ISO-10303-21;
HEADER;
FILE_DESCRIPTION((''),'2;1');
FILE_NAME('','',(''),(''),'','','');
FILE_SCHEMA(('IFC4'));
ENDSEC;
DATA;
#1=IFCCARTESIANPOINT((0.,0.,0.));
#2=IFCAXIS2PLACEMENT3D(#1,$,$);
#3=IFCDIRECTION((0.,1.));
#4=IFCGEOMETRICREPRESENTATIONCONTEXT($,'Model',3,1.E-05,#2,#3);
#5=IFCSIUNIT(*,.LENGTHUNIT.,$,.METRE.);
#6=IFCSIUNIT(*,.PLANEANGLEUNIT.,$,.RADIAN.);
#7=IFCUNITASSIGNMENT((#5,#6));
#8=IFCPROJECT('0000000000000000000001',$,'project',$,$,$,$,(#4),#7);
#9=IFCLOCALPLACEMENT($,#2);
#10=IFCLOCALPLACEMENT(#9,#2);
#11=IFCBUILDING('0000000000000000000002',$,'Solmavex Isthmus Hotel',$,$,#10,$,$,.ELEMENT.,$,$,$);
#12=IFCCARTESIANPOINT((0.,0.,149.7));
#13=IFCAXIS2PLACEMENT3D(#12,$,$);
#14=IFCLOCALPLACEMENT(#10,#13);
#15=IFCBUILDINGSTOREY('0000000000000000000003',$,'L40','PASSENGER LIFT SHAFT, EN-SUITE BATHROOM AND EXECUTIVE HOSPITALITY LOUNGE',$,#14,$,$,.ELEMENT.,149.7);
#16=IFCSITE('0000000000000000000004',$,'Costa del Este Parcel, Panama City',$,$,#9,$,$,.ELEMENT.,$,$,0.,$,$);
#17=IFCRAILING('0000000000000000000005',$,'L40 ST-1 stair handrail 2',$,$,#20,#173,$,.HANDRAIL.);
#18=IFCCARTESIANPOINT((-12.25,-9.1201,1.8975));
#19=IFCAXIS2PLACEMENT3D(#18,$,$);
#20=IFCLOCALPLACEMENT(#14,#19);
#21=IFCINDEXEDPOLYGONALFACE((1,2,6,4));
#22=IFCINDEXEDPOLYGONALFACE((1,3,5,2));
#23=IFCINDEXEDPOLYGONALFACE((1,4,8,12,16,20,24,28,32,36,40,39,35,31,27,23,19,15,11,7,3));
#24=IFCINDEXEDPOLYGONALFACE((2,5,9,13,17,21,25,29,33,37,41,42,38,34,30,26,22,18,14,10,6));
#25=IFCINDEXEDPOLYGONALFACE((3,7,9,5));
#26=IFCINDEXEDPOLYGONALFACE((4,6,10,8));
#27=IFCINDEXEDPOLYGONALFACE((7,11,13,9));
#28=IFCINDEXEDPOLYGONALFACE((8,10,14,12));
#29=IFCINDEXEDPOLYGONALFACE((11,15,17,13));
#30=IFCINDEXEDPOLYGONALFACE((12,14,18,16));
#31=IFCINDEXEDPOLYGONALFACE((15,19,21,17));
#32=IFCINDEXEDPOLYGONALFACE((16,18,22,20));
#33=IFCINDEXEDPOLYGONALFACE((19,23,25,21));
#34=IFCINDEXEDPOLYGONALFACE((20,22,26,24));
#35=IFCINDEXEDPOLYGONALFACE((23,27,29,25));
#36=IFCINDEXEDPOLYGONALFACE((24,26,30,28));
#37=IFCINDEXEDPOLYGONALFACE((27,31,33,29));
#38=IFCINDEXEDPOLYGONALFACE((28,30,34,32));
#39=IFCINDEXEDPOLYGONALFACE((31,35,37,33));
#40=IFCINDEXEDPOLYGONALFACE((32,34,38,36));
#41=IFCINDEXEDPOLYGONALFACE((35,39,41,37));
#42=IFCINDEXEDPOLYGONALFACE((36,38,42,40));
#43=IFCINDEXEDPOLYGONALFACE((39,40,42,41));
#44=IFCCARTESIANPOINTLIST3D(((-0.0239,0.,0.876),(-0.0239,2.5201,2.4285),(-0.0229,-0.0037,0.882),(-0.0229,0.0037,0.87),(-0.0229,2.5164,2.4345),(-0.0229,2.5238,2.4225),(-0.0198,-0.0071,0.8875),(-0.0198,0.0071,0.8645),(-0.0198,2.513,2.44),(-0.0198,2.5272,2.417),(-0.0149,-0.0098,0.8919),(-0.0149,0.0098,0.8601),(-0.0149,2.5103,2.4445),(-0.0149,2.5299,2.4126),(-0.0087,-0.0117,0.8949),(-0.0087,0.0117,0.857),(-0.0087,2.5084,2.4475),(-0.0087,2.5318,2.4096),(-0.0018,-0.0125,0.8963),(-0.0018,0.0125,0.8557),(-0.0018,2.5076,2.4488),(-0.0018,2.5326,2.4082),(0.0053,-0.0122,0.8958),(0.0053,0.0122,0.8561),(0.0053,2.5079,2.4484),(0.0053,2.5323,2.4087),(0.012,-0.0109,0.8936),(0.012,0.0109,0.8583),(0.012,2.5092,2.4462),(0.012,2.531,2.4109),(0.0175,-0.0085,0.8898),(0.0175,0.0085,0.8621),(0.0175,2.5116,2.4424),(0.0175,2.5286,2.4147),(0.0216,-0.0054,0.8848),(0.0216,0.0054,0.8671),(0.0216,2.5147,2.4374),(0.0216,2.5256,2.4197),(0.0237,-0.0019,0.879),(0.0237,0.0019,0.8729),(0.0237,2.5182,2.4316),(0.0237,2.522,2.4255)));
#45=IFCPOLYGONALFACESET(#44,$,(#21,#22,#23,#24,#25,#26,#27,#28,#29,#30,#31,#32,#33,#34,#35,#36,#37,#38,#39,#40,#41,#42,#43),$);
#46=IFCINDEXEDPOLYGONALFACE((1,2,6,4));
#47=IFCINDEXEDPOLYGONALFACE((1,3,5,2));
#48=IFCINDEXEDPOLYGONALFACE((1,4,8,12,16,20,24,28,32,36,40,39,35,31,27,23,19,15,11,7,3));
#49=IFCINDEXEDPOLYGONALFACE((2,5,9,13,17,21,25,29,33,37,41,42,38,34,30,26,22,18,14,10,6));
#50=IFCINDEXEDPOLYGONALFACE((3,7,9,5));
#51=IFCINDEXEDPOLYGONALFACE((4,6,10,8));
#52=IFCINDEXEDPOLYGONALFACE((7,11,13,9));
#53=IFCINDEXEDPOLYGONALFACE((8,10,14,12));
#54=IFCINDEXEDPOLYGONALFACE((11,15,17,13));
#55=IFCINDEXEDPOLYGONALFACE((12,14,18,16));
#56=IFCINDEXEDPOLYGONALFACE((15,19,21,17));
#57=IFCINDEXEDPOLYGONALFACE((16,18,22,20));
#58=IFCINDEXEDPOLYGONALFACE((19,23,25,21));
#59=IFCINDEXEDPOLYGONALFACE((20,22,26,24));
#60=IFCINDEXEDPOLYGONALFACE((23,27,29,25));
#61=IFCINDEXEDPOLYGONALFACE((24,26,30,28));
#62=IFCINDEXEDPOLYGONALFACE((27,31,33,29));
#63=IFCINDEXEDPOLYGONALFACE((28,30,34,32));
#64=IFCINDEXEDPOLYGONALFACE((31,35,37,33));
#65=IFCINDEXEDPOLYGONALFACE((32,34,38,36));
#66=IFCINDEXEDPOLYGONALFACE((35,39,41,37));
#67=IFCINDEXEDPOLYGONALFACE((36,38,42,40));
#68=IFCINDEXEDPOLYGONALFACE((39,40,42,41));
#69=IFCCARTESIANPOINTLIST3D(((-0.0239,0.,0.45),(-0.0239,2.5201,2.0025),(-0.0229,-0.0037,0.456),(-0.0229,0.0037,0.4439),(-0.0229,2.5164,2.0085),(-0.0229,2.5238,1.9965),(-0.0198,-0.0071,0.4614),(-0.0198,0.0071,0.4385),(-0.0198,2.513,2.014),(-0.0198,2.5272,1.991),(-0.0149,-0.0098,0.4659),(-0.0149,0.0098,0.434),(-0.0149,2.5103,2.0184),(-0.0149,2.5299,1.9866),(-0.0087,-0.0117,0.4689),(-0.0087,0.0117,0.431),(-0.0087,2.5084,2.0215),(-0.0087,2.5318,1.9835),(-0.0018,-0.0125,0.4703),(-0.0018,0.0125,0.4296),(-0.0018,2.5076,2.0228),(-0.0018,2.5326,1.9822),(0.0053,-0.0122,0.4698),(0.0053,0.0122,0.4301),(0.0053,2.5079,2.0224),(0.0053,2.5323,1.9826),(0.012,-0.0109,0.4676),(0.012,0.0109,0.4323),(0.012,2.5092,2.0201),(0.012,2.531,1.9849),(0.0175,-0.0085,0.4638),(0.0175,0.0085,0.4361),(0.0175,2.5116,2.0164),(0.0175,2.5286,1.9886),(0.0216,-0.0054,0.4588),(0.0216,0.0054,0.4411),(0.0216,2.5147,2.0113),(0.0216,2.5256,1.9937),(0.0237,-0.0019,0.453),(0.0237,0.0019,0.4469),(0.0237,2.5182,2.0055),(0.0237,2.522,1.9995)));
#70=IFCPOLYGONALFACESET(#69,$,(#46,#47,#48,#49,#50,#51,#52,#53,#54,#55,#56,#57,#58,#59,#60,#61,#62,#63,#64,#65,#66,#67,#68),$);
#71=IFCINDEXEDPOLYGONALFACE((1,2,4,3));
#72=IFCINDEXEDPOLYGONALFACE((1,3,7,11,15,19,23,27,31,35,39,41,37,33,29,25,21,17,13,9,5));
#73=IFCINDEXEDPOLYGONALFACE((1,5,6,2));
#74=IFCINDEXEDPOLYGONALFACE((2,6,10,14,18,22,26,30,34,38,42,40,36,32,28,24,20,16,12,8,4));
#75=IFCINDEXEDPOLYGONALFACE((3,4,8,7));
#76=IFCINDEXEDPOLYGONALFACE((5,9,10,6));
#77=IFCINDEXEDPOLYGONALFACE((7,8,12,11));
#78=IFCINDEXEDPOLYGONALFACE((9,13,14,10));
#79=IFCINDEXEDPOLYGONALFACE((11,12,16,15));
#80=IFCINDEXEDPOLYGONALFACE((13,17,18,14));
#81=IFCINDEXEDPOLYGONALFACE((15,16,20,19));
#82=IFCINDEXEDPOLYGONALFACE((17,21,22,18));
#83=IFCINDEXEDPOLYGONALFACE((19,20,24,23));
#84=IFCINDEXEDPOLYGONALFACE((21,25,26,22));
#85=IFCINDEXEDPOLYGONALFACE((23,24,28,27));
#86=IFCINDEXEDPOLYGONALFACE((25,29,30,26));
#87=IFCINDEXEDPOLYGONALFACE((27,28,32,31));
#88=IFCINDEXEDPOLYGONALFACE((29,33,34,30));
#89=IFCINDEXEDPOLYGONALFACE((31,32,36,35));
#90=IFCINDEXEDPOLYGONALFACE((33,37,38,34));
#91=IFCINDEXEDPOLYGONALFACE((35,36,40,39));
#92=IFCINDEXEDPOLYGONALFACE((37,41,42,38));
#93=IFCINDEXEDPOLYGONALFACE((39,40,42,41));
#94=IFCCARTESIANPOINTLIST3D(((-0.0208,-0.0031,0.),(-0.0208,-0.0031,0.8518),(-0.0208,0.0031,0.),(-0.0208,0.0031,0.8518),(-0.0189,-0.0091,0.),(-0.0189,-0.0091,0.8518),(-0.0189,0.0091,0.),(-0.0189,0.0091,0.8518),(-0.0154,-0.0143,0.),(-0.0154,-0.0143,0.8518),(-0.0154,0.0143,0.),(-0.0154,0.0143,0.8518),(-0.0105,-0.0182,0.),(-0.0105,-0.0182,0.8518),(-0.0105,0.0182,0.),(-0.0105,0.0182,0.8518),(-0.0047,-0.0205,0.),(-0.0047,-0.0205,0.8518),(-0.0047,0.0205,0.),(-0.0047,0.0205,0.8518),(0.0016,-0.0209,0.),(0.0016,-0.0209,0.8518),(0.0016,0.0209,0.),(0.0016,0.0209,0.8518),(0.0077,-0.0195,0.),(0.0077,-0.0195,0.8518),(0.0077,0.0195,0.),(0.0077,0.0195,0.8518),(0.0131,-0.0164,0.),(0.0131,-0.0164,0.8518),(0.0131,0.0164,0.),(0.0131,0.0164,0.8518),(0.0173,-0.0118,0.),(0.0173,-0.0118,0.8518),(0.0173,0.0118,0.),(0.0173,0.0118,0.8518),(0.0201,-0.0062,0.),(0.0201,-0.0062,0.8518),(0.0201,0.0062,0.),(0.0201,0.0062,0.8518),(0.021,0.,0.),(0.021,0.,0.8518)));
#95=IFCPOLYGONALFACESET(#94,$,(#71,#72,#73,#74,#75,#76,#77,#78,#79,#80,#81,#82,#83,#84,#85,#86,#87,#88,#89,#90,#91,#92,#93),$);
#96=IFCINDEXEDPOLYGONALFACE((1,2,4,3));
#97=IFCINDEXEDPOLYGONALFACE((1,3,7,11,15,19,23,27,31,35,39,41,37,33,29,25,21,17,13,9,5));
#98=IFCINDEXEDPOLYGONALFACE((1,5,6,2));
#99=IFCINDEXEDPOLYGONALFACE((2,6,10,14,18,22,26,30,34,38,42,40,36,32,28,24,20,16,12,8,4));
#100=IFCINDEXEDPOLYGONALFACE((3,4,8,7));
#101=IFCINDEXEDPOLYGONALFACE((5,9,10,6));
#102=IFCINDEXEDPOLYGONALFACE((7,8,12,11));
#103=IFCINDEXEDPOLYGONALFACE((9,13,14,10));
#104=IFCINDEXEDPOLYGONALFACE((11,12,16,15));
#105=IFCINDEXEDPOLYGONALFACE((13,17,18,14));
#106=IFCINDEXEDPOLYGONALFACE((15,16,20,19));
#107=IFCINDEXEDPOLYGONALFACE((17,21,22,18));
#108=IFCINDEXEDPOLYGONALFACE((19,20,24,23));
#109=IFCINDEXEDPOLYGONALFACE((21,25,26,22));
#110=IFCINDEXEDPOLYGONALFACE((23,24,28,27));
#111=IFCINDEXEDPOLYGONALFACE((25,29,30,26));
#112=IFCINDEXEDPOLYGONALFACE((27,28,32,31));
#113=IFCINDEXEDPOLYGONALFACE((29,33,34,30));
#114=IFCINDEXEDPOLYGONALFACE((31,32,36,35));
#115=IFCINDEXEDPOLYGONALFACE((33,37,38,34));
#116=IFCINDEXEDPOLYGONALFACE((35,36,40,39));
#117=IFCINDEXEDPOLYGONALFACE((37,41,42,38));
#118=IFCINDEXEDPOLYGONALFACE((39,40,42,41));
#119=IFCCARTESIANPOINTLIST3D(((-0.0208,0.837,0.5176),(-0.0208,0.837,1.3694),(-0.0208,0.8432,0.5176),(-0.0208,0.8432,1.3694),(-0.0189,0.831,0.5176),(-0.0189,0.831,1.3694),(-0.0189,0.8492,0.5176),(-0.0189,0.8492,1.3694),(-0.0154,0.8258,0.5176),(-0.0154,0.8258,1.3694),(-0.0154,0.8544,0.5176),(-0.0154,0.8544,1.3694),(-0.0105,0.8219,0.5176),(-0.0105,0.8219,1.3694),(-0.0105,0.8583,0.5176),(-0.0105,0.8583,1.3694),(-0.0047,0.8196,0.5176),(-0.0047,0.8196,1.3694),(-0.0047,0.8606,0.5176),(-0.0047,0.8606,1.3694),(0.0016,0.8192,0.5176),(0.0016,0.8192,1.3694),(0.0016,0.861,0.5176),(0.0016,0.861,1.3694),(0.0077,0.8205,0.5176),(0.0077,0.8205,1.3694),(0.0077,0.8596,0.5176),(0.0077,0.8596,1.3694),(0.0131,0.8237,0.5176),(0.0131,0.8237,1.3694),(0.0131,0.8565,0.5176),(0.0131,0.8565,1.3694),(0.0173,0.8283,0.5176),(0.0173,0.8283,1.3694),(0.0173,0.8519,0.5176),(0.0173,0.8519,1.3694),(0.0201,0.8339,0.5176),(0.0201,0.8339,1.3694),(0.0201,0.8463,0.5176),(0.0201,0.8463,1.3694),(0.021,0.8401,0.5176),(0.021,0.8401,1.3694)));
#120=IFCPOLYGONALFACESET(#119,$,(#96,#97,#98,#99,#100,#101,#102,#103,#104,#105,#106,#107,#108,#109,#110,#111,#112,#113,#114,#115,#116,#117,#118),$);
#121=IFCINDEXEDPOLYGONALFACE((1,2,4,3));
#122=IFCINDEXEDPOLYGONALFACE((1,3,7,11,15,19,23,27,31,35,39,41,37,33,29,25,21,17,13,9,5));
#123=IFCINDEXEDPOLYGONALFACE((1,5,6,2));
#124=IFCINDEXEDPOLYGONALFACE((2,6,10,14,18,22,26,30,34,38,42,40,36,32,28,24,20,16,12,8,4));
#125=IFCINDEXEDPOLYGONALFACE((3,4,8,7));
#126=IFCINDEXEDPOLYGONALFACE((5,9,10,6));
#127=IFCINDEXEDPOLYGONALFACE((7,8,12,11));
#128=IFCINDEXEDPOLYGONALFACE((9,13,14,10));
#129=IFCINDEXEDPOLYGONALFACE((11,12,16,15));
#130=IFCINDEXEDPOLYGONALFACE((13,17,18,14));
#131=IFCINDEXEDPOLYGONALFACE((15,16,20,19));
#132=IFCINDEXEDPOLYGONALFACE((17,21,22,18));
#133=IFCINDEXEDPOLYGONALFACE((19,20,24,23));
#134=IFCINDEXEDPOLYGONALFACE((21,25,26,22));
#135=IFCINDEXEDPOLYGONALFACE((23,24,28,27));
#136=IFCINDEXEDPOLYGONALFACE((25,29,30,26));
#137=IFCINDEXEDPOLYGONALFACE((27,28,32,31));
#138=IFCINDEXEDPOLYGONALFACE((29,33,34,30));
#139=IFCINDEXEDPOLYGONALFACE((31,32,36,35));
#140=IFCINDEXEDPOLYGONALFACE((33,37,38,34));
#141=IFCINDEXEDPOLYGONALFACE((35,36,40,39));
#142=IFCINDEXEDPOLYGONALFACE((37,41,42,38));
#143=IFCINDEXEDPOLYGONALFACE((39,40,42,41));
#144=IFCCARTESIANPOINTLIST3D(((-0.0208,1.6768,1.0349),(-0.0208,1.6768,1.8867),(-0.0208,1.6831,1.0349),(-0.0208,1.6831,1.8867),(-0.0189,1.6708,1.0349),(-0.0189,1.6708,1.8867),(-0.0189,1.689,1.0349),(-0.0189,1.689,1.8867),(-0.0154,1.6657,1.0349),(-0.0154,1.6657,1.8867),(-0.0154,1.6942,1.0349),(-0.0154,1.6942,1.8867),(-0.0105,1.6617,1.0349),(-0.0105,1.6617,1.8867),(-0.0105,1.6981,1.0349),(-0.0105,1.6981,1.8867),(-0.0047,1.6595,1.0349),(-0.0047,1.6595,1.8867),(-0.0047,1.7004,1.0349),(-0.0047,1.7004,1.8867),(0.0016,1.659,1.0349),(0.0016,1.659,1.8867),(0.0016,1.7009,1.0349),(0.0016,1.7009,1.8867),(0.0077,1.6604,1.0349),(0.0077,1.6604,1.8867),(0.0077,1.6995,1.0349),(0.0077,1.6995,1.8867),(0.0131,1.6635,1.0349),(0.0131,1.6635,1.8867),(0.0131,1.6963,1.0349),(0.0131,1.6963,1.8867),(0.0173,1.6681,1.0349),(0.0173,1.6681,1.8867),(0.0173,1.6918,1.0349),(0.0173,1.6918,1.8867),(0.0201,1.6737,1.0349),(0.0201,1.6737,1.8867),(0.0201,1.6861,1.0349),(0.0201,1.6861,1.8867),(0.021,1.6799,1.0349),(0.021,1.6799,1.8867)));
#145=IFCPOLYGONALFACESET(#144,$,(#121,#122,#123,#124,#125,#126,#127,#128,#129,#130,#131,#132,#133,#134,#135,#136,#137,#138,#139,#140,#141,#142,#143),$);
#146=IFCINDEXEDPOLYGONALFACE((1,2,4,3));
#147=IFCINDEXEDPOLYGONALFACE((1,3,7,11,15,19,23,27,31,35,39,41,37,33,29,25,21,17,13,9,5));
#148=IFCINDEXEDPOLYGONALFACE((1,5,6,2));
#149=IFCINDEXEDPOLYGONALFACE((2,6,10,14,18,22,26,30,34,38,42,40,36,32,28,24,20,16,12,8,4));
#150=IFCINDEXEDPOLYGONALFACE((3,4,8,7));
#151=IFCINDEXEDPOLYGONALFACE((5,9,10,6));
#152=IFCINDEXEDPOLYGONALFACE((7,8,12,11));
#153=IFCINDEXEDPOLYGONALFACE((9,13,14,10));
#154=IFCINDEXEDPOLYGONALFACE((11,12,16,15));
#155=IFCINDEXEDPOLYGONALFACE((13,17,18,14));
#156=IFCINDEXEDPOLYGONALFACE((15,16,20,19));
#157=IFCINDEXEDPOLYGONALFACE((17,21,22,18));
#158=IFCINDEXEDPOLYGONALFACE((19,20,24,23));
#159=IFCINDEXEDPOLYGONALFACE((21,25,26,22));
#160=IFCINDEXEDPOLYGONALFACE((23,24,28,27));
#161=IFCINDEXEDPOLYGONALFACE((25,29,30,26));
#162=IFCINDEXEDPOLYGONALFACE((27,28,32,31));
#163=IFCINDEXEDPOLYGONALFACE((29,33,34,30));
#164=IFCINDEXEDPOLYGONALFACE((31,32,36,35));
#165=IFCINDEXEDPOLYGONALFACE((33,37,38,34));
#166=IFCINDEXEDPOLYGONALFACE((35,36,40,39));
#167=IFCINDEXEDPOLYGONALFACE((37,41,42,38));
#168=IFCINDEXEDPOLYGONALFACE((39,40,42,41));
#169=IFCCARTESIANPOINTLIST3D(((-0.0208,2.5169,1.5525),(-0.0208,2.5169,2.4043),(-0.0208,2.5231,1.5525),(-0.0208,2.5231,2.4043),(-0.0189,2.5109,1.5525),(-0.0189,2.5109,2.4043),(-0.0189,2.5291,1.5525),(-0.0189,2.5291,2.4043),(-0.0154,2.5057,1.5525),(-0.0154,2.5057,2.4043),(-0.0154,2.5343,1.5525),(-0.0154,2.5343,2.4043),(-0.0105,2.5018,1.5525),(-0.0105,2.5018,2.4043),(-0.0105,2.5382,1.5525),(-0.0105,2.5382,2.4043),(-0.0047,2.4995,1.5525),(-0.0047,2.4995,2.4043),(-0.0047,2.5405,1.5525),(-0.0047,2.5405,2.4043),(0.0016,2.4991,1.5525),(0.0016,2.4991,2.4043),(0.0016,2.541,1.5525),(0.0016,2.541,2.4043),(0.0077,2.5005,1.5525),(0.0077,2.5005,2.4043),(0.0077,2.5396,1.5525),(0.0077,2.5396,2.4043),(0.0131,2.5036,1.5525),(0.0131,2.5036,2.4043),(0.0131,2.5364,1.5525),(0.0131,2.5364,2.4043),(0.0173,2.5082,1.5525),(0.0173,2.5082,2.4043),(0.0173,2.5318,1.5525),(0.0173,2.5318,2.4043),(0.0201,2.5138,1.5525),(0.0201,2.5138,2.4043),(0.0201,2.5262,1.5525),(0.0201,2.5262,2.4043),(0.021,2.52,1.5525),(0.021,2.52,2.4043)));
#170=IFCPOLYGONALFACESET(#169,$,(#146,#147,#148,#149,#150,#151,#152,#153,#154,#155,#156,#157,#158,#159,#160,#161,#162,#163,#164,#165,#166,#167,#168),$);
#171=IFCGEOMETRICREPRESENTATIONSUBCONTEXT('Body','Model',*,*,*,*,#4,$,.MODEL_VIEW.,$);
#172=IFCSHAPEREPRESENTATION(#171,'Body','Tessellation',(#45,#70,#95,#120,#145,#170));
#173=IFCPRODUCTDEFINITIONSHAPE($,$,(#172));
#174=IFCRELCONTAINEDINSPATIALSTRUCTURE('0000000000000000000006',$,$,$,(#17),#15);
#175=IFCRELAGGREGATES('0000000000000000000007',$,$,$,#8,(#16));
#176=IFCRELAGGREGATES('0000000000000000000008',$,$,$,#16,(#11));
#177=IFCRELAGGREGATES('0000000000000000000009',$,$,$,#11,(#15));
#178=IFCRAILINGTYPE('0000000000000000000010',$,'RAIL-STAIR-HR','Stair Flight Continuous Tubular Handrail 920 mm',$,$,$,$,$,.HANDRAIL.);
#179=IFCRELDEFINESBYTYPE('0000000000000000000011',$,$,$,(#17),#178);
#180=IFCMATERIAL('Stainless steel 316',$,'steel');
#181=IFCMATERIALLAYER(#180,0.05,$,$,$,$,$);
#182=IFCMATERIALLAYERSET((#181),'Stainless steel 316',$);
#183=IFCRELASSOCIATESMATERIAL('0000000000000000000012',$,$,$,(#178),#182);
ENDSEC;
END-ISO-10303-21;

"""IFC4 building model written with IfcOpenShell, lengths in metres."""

from ifc_helpers import new_model, si_unit, direction, frame, origin, origin_2d, place, context, subcontext, project, spatial, circle, extrude, material, layer, layer_set, type_object, element, save


model = new_model("IFC4")

# Units and contexts
model_context = context("Model", 3, precision=1e-05, world=origin(), true_north=direction((0.0, 1.0)))
body_context = subcontext(model_context, "Body", "Model", "MODEL_VIEW")
ifc_project = project(units=[si_unit("LENGTHUNIT", "METRE"), si_unit("PLANEANGLEUNIT", "RADIAN")], contexts=[model_context])

# Site, building, storey
site_placement = place(None, origin())
site = spatial("IfcSite", under=ifc_project, at=site_placement, Name="Costa del Este Parcel, Panama City", CompositionType="ELEMENT", RefElevation=0.0)
building_placement = place(site_placement, origin())
building = spatial("IfcBuilding", under=site, at=building_placement, Name="Solmavex Isthmus Hotel", CompositionType="ELEMENT")
storey_placement = place(building_placement, frame((0.0, 0.0, 149.7)))
storey = spatial("IfcBuildingStorey", under=building, at=storey_placement, Name="L40", Description="PASSENGER LIFT SHAFT, EN-SUITE BATHROOM AND EXECUTIVE HOSPITALITY LOUNGE", CompositionType="ELEMENT", Elevation=149.7)

# Shared definitions
ifc_material_1 = material(Name="Stainless steel 316", Category="steel")

# Railing
ifc_layer_1 = layer(ifc_material_1, 0.05)
ifc_layer_set_1 = layer_set([ifc_layer_1], Name="Stainless steel 316")
railing_type_1 = type_object("IfcRailingType", Name="RAIL-STAIR-HR", Description="Stair Flight Continuous Tubular Handrail 920 mm", PredefinedType="HANDRAIL", material=ifc_layer_set_1)
railing_1_placement = place(storey_placement, frame((-12.25, -9.1201, 1.8975)))
element("IfcRailing", 1, at=railing_1_placement, inside=storey, type_object=railing_type_1, Name="L40 ST-1 stair handrail 2", PredefinedType="HANDRAIL", context=body_context, shape_type="SweptSolid", body=[
    extrude(circle(Radius=0.0239, at=origin_2d()), frame((0.0, 0.0, 0.876), z_axis=(0.0, 0.8514, 0.524516), x_axis=(-1.0, 0.0, 0.0)), (0.0, 0.0, 1.0), 2.96),
    extrude(circle(Radius=0.0239, at=origin_2d()), frame((0.0, 0.0, 0.45), z_axis=(0.0, 0.8514, 0.524516), x_axis=(-1.0, 0.0, 0.0)), (0.0, 0.0, 1.0), 2.96),
    extrude(circle(Radius=0.021, at=origin_2d()), origin(), (0.0, 0.0, 1.0), 0.8518),
    extrude(circle(Radius=0.021, at=origin_2d()), frame((0.0, 0.8401, 0.5176)), (0.0, 0.0, 1.0), 0.8518),
    extrude(circle(Radius=0.021, at=origin_2d()), frame((0.0, 1.6799, 1.0349)), (0.0, 0.0, 1.0), 0.8518),
    extrude(circle(Radius=0.021, at=origin_2d()), frame((0.0, 2.52, 1.5525)), (0.0, 0.0, 1.0), 0.8518),
])

save(model, "model.ifc")
